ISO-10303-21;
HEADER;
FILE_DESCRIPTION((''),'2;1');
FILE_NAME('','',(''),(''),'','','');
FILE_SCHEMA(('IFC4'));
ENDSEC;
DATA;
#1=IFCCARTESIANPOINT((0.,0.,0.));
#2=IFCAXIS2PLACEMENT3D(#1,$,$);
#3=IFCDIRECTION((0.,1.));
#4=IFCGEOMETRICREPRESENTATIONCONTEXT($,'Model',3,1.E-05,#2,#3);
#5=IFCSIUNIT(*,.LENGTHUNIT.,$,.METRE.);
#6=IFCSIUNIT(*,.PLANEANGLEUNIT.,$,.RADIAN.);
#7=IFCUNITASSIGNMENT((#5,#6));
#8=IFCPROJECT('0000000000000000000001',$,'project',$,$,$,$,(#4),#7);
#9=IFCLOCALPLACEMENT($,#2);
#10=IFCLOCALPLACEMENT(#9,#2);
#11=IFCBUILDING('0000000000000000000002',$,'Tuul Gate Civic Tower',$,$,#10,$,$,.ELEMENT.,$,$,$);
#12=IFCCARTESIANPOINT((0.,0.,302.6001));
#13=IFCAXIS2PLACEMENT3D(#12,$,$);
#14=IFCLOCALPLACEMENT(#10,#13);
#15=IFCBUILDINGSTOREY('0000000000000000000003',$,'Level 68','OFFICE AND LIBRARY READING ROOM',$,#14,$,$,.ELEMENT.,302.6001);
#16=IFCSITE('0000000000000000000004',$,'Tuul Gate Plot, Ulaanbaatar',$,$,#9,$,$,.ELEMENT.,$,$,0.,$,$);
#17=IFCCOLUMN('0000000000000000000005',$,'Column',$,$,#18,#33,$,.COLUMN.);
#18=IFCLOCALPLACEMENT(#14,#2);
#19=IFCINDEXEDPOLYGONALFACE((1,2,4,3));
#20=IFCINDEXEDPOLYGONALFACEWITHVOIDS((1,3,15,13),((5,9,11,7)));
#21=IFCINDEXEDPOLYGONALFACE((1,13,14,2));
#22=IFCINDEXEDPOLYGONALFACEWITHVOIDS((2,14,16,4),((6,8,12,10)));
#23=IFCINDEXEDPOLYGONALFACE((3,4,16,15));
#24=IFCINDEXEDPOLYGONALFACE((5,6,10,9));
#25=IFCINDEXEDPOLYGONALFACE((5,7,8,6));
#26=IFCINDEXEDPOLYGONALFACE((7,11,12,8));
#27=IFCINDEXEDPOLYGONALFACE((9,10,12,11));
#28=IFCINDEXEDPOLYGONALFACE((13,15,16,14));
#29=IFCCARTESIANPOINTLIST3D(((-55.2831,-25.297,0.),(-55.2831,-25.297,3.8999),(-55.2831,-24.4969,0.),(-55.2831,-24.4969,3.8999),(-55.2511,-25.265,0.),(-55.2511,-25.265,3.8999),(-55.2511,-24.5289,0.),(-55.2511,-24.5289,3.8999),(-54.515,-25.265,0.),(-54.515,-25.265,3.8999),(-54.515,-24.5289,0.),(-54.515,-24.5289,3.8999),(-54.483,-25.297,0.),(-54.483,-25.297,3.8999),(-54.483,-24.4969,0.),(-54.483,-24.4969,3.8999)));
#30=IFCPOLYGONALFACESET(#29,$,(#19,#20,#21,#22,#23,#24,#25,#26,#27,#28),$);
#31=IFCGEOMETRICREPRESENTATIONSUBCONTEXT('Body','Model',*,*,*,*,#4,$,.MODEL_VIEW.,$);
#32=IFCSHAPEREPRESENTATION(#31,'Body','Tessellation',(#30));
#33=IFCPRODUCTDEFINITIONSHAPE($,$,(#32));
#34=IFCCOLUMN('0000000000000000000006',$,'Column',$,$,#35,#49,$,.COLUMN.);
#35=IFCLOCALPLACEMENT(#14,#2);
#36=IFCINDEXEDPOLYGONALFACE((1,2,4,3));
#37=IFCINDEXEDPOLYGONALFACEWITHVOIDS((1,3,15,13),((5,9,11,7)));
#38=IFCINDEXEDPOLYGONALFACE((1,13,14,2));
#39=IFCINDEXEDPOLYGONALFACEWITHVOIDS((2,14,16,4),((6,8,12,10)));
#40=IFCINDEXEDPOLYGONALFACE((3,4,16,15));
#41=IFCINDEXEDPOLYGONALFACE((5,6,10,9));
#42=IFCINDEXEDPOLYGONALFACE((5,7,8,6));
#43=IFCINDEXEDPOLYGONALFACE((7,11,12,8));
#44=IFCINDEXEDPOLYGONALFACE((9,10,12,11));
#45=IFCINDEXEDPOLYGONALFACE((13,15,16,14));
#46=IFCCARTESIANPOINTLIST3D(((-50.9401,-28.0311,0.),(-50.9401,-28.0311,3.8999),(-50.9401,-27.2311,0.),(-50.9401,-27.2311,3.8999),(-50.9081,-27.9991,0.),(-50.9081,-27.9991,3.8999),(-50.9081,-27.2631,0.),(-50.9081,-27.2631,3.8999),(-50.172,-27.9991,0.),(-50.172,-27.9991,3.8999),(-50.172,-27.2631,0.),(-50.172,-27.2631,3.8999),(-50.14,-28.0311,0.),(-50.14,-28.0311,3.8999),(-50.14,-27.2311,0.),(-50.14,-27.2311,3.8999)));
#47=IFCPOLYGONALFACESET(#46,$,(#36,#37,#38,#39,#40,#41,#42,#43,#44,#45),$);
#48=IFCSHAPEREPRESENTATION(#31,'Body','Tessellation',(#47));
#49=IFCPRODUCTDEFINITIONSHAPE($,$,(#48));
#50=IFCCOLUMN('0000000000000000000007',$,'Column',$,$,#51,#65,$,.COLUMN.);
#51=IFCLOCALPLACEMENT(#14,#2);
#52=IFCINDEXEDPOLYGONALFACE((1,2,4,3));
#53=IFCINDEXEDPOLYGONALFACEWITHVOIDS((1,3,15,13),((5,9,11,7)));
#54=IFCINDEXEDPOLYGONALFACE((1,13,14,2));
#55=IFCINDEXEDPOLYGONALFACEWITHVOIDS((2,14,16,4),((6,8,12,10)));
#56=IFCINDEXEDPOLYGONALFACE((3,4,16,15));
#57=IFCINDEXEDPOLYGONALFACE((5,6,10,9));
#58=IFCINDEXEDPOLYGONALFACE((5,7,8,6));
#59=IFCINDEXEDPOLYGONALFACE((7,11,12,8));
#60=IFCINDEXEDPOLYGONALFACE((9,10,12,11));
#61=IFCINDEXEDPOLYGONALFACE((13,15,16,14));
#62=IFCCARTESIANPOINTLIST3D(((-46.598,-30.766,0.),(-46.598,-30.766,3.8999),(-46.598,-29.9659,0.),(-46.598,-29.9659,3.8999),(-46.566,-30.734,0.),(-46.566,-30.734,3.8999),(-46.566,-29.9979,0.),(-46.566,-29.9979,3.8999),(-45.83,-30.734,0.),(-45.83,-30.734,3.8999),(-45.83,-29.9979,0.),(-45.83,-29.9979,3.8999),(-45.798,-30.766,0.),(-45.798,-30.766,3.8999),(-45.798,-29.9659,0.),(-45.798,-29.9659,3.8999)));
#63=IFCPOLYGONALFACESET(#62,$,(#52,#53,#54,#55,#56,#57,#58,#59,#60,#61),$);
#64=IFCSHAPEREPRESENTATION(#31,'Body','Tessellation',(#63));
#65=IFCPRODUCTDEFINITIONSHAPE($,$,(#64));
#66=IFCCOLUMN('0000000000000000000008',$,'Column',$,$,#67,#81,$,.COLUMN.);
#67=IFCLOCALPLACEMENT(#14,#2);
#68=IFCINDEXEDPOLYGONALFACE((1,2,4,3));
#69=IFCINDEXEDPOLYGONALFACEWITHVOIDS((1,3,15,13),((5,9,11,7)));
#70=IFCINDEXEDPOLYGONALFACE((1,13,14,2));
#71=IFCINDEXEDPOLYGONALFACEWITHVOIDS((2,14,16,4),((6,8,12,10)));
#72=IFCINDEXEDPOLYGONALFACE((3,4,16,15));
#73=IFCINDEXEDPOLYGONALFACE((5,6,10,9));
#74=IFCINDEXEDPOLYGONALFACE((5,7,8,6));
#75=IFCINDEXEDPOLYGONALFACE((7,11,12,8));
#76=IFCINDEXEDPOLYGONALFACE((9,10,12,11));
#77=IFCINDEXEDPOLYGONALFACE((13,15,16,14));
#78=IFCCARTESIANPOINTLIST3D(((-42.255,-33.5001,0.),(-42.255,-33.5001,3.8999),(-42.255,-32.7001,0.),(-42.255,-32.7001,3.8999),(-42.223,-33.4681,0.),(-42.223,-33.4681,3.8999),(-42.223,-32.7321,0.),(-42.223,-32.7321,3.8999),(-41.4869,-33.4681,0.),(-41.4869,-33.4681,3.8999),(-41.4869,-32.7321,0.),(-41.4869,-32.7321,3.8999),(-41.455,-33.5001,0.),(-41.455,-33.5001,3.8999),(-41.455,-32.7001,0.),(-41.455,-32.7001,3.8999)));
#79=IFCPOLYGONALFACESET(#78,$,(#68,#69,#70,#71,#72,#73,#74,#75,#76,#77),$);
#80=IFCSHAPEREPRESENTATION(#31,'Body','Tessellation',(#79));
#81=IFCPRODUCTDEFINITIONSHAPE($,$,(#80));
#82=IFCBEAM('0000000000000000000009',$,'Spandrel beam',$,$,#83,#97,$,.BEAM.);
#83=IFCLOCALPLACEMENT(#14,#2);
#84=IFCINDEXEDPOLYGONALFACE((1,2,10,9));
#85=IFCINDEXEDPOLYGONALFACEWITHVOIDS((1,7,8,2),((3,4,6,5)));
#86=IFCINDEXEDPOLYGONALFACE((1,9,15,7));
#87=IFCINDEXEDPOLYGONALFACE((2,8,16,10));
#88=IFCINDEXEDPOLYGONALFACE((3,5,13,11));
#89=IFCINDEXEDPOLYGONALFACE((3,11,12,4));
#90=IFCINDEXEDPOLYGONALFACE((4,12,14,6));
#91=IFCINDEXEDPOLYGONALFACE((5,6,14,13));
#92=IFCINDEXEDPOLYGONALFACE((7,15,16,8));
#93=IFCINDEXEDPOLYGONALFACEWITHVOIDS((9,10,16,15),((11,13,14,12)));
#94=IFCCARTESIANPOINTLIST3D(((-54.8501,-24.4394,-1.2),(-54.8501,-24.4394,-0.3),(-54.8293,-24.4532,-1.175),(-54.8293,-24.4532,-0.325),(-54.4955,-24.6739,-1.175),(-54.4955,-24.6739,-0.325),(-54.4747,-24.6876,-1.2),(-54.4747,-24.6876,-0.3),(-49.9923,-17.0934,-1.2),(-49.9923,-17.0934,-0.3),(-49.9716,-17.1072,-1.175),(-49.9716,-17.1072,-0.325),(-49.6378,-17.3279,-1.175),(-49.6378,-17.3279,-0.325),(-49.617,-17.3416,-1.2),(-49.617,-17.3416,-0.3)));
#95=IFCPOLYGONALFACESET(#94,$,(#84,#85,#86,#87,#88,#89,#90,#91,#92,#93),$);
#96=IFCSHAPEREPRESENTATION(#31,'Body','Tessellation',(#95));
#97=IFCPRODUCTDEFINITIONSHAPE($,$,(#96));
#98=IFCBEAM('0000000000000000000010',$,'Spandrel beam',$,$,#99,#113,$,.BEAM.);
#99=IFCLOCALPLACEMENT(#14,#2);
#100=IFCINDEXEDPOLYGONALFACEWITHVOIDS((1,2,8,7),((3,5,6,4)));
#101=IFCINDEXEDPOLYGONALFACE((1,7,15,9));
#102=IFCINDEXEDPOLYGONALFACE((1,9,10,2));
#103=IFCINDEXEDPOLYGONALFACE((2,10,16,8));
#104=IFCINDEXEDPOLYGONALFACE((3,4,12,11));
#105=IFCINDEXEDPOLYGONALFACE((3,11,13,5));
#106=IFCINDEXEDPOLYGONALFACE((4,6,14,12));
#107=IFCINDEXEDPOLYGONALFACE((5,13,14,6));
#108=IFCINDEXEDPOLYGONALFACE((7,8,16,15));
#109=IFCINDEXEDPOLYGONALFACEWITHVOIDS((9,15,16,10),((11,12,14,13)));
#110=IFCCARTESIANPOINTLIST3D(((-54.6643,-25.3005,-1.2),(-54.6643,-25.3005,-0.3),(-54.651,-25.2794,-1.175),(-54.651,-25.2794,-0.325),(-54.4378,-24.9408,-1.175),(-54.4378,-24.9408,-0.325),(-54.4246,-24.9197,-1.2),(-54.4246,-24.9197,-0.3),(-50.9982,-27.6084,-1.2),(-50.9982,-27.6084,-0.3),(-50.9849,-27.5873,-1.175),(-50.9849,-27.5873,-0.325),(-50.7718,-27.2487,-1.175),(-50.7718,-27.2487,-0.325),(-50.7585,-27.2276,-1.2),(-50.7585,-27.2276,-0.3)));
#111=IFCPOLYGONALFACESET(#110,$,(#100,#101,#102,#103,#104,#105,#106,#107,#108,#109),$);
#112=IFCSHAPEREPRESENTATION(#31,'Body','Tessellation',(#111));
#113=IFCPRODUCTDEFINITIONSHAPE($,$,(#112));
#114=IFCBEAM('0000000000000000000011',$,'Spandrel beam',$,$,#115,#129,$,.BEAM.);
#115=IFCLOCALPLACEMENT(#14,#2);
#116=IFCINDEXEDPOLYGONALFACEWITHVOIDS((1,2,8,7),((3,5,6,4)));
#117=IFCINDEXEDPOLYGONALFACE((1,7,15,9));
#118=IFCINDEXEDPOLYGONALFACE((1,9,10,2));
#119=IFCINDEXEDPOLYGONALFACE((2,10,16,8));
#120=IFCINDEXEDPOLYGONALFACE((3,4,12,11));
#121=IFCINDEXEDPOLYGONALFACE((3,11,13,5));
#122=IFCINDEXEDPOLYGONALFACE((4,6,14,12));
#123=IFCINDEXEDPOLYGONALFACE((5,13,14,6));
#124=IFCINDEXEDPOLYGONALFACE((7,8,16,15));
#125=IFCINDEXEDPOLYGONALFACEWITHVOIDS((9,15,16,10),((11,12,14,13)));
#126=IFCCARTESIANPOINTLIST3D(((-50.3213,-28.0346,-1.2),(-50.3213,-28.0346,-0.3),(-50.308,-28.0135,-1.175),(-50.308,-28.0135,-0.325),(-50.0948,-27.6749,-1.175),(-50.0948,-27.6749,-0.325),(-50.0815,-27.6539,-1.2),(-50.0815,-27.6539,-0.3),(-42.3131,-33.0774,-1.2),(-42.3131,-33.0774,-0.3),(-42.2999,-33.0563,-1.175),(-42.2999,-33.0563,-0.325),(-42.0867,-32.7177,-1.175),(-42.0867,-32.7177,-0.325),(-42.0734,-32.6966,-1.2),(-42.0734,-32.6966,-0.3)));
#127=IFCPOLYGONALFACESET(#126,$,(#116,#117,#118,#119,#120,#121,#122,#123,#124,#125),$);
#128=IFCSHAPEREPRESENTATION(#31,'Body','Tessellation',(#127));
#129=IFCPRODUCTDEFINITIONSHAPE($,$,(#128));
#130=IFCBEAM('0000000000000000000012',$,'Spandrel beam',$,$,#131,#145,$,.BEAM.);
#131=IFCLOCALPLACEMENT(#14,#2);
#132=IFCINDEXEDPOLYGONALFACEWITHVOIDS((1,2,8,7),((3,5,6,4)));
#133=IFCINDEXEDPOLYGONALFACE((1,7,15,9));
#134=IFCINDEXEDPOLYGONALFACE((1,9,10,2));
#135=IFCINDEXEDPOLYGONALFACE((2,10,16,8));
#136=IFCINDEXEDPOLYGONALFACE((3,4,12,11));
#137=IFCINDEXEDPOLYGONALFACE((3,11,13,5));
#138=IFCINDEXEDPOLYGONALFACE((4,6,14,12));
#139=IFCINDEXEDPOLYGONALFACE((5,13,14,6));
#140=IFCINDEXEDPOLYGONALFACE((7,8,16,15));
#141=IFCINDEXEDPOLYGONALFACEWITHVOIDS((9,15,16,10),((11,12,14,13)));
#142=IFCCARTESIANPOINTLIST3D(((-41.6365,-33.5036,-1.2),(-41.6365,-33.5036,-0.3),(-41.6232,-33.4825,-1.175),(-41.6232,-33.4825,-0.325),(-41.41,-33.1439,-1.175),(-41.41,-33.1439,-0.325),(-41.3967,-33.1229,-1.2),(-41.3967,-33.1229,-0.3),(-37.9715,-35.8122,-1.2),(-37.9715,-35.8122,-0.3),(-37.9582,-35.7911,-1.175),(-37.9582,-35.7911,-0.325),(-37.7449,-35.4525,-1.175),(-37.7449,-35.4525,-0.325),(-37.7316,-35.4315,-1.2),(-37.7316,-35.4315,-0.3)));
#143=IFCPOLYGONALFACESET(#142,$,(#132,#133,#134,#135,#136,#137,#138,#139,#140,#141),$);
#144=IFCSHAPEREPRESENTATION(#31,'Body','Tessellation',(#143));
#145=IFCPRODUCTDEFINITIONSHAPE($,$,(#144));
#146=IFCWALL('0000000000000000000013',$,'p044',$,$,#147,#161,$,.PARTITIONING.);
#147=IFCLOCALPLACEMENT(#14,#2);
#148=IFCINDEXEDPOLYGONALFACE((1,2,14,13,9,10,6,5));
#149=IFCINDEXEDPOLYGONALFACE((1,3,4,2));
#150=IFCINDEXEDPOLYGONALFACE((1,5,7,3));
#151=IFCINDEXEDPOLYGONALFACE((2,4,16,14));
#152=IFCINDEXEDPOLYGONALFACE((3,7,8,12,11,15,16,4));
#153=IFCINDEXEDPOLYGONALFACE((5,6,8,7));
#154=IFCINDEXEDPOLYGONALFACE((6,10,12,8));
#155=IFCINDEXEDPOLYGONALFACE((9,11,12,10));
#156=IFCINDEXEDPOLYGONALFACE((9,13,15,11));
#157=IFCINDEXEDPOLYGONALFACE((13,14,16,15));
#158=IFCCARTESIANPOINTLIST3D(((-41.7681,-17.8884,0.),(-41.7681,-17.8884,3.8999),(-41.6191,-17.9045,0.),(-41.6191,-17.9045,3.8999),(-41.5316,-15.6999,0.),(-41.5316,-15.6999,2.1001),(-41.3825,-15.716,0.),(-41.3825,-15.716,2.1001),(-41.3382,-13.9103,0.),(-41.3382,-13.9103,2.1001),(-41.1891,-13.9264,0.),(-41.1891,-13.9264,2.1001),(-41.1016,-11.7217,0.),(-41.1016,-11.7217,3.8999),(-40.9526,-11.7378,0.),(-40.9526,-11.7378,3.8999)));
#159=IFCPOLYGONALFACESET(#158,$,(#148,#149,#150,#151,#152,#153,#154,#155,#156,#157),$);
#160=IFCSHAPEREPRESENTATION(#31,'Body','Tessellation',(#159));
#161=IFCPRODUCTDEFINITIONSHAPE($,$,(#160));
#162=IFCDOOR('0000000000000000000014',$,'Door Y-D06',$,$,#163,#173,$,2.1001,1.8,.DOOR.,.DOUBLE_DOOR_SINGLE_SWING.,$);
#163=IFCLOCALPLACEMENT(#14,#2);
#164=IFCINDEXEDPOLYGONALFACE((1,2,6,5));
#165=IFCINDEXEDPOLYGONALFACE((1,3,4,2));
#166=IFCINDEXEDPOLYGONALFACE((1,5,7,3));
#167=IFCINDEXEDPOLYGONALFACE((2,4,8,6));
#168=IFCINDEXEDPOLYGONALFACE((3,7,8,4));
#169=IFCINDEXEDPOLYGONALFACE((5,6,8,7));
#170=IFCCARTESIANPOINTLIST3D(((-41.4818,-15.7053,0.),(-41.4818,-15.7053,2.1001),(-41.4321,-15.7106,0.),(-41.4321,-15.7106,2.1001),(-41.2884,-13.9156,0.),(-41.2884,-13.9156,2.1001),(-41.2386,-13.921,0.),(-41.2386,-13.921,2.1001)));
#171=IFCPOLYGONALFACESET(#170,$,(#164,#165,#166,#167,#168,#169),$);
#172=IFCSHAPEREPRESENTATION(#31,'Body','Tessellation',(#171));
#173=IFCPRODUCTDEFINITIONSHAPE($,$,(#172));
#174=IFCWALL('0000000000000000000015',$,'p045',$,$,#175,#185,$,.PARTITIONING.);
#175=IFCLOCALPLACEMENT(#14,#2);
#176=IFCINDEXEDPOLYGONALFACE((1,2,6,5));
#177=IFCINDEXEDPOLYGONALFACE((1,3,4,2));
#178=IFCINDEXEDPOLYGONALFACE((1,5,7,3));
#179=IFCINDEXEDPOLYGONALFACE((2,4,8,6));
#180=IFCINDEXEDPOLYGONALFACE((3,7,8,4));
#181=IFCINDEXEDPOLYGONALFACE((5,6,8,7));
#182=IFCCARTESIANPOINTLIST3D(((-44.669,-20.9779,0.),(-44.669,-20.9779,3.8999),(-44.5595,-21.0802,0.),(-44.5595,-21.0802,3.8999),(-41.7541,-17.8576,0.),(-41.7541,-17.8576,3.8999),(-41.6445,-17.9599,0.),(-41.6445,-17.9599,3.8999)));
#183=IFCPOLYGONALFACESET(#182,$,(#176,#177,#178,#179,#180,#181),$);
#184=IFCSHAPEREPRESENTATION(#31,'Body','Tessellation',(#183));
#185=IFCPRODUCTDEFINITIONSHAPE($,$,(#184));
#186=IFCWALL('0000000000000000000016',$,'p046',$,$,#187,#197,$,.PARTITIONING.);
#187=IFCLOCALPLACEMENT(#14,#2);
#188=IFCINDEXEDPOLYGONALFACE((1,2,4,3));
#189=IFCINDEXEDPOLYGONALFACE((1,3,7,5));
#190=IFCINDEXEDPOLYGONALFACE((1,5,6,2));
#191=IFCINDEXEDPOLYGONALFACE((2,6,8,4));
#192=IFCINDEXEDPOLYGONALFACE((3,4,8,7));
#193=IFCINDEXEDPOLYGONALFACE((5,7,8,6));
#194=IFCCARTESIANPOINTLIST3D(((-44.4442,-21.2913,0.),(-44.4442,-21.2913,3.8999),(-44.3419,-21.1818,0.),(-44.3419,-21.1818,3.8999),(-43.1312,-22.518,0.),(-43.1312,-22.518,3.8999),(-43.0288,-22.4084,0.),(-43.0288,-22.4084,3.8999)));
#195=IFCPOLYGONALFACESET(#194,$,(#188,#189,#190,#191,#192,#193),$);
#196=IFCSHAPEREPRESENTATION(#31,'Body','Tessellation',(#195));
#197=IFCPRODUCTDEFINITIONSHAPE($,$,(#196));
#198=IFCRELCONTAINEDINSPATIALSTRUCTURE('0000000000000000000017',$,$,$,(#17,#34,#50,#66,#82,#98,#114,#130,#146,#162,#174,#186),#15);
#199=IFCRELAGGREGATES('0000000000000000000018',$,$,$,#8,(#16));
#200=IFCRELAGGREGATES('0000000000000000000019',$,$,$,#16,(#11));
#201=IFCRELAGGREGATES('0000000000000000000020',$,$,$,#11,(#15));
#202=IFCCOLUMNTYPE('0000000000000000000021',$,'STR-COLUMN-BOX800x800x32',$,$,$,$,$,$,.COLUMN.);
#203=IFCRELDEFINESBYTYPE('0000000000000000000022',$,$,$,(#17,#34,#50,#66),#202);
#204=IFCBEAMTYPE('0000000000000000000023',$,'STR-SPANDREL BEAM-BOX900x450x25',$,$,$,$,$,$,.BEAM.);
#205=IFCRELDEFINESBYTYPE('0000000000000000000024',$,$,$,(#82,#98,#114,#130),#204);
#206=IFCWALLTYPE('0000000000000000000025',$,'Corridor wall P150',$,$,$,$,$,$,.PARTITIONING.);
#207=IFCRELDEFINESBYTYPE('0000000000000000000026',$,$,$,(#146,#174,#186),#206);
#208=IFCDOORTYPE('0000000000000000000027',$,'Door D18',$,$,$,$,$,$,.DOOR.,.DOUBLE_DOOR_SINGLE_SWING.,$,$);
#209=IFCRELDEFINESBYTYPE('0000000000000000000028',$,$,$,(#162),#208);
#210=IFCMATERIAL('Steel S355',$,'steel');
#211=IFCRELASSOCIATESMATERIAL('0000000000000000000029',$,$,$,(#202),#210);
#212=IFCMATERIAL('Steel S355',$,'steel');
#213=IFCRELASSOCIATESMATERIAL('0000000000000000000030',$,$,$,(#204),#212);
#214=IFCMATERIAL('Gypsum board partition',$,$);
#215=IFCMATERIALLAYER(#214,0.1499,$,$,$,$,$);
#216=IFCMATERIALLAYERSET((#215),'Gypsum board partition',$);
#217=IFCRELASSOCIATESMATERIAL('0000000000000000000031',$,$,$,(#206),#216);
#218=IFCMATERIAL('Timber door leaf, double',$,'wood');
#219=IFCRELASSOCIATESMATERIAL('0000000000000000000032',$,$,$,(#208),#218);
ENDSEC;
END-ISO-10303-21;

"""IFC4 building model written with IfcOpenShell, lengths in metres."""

from ifc_helpers import new_model, si_unit, direction, frame, frame_2d, origin, origin_2d, place, context, subcontext, project, spatial, rectangle, hollow_rectangle, extrude, material, layer, layer_set, material_profile, profile_set, type_object, element, fill, save


model = new_model("IFC4")

# Units and contexts
model_context = context("Model", 3, precision=1e-05, world=origin(), true_north=direction((0.0, 1.0)))
body_context = subcontext(model_context, "Body", "Model", "MODEL_VIEW")
ifc_project = project(units=[si_unit("LENGTHUNIT", "METRE"), si_unit("PLANEANGLEUNIT", "RADIAN")], contexts=[model_context])

# Site, building, storey
site_placement = place(None, origin())
site = spatial("IfcSite", under=ifc_project, at=site_placement, Name="Tuul Gate Plot, Ulaanbaatar", CompositionType="ELEMENT", RefElevation=0.0)
building_placement = place(site_placement, origin())
building = spatial("IfcBuilding", under=site, at=building_placement, Name="Tuul Gate Civic Tower", CompositionType="ELEMENT")
storey_placement = place(building_placement, frame((0.0, 0.0, 302.6001)))
storey = spatial("IfcBuildingStorey", under=building, at=storey_placement, Name="Level 68", Description="OFFICE AND LIBRARY READING ROOM", CompositionType="ELEMENT", Elevation=302.6001)

# Columns
ifc_material_1 = material(Name="Steel S355", Category="steel")
ifc_material_profile_1 = material_profile(ifc_material_1, hollow_rectangle(XDim=0.8, YDim=0.8, WallThickness=0.032, at=origin_2d()), Name="BOX800x800x32")
ifc_profile_set_1 = profile_set([ifc_material_profile_1], Name="Steel S355")
column_type = type_object("IfcColumnType", Name="STR-COLUMN-BOX800x800x32", PredefinedType="COLUMN", material=ifc_profile_set_1)
for number, where, z_axis, x_axis, name in (
    (1, (-54.8831, -24.897, 0.0), (0.0, 0.0, 1.0), (1.0, 0.0, 0.0), "Column"),
    (2, (-50.54, -27.6311, 0.0), (0.0, 0.0, 1.0), (1.0, 0.0, 0.0), "Column"),
    (3, (-46.198, -30.366, 0.0), (0.0, 0.0, 1.0), (1.0, 0.0, 0.0), "Column"),
    (4, (-41.855, -33.1001, 0.0), (0.0, 0.0, 1.0), (1.0, 0.0, 0.0), "Column"),
):
    element("IfcColumn", number, at=place(storey_placement, frame(where, z_axis=z_axis, x_axis=x_axis)), inside=storey, type_object=column_type, Name=name, PredefinedType="COLUMN", context=body_context, shape_type="SweptSolid", body=[
        extrude(hollow_rectangle(XDim=0.8, YDim=0.8, WallThickness=0.032, at=origin_2d()), origin(), (0.0, 0.0, 1.0), 3.8999),
    ])

# Beams
ifc_material_2 = material(Name="Steel S355", Category="steel")
ifc_material_profile_2 = material_profile(ifc_material_2, hollow_rectangle(XDim=0.45, YDim=0.8999, WallThickness=0.0249, at=origin_2d()), Name="BOX900x450x25")
ifc_profile_set_2 = profile_set([ifc_material_profile_2], Name="Steel S355")
beam_type = type_object("IfcBeamType", Name="STR-SPANDREL BEAM-BOX900x450x25", PredefinedType="BEAM", material=ifc_profile_set_2)
beam_1_placement = place(storey_placement, frame((-49.8047, -17.2175, -0.75), z_axis=(-0.551581, -0.834121, 0.0), x_axis=(0.834121, -0.551581, 0.0)))
element("IfcBeam", 5, at=beam_1_placement, inside=storey, type_object=beam_type, Name="Spandrel beam", PredefinedType="BEAM", context=body_context, shape_type="SweptSolid", body=[
    extrude(hollow_rectangle(XDim=0.45, YDim=0.8999, WallThickness=0.0249, at=origin_2d()), origin(), (0.0, 0.0, 1.0), 8.8069),
])
beam_2_placement = place(storey_placement, frame((-54.5444, -25.1101, -0.75), z_axis=(0.846271, -0.532752, 0.0), x_axis=(0.532752, 0.846271, 0.0)))
element("IfcBeam", 6, at=beam_2_placement, inside=storey, type_object=beam_type, Name="Spandrel beam", PredefinedType="BEAM", context=body_context, shape_type="SweptSolid", body=[
    extrude(hollow_rectangle(XDim=0.45, YDim=0.8999, WallThickness=0.0249, at=origin_2d()), origin(), (0.0, 0.0, 1.0), 4.332),
])
beam_3_placement = place(storey_placement, frame((-50.2014, -27.8442, -0.75), z_axis=(0.846204, -0.53286, 0.0), x_axis=(0.53286, 0.846204, 0.0)))
element("IfcBeam", 7, at=beam_3_placement, inside=storey, type_object=beam_type, Name="Spandrel beam", PredefinedType="BEAM", context=body_context, shape_type="SweptSolid", body=[
    extrude(hollow_rectangle(XDim=0.45, YDim=0.8999, WallThickness=0.0249, at=origin_2d()), origin(), (0.0, 0.0, 1.0), 9.4636),
])
beam_4_placement = place(storey_placement, frame((-41.5166, -33.3132, -0.75), z_axis=(0.846131, -0.532975, 0.0), x_axis=(0.532975, 0.846131, 0.0)))
element("IfcBeam", 8, at=beam_4_placement, inside=storey, type_object=beam_type, Name="Spandrel beam", PredefinedType="BEAM", context=body_context, shape_type="SweptSolid", body=[
    extrude(hollow_rectangle(XDim=0.45, YDim=0.8999, WallThickness=0.0249, at=origin_2d()), origin(), (0.0, 0.0, 1.0), 4.3315),
])

# Wall, opening, door
ifc_material_3 = material(Name="Gypsum board partition")
ifc_layer_1 = layer(ifc_material_3, 0.1499)
ifc_layer_set_1 = layer_set([ifc_layer_1], Name="Gypsum board partition")
wall_type_1 = type_object("IfcWallType", Name="Corridor wall P150", PredefinedType="PARTITIONING", material=ifc_layer_set_1)
wall_1_placement = place(storey_placement, frame((-41.6936, -17.8965, 0.0), z_axis=(0.0, 0.0, 1.0), x_axis=(0.107455, 0.99421, 0.0)))
wall_1 = element("IfcWall", 9, at=wall_1_placement, inside=storey, type_object=wall_type_1, Name="p044", PredefinedType="PARTITIONING", context=body_context, shape_type="SweptSolid", body=[
    extrude(rectangle(XDim=6.2026, YDim=0.1499, at=frame_2d((3.1013, 0.0))), origin(), (0.0, 0.0, 1.0), 3.8999),
])
opening_1_placement = place(wall_1_placement, frame((2.2014, 0.0, 0.0)))
opening_1 = element("IfcOpeningElement", 10, at=opening_1_placement, cuts=wall_1, PredefinedType="OPENING", context=body_context, shape_type="SweptSolid", body=[
    extrude(rectangle(XDim=1.8, YDim=2.1001, at=frame_2d((0.8999, 1.05))), frame((0.0, 0.085, 0.0), z_axis=(0.0, -1.0, 0.0), x_axis=(1.0, 0.0, 0.0)), (0.0, 0.0, 1.0), 0.1699),
])
ifc_material_4 = material(Name="Timber door leaf, double", Category="wood")
door_type = type_object("IfcDoorType", Name="Door D18", OperationType="DOUBLE_DOOR_SINGLE_SWING", PredefinedType="DOOR", material=ifc_material_4)
door_placement = place(opening_1_placement, origin())
door = element("IfcDoor", 11, at=door_placement, inside=storey, type_object=door_type, Name="Door Y-D06", OperationType="DOUBLE_DOOR_SINGLE_SWING", OverallHeight=2.1001, OverallWidth=1.8, PredefinedType="DOOR", context=body_context, shape_type="SweptSolid", body=[
    extrude(rectangle(XDim=1.8, YDim=2.1001, at=frame_2d((0.8999, 1.05))), frame((0.0, 0.0249, 0.0), z_axis=(0.0, -1.0, 0.0), x_axis=(1.0, 0.0, 0.0)), (0.0, 0.0, 1.0), 0.05),
])
fill(opening_1, door)

# Walls
wall_2_placement = place(storey_placement, frame((-44.6143, -21.0291, 0.0), z_axis=(0.0, 0.0, 1.0), x_axis=(0.682656, 0.73074, 0.0)))
element("IfcWall", 12, at=wall_2_placement, inside=storey, type_object=wall_type_1, Name="p045", PredefinedType="PARTITIONING", context=body_context, shape_type="SweptSolid", body=[
    extrude(rectangle(XDim=4.27, YDim=0.1499, at=frame_2d((2.135, 0.0))), origin(), (0.0, 0.0, 1.0), 3.8999),
])
wall_3_placement = place(storey_placement, frame((-44.3931, -21.2366, 0.0), z_axis=(0.0, 0.0, 1.0), x_axis=(0.730748, -0.682647, 0.0)))
element("IfcWall", 13, at=wall_3_placement, inside=storey, type_object=wall_type_1, Name="p046", PredefinedType="PARTITIONING", context=body_context, shape_type="SweptSolid", body=[
    extrude(rectangle(XDim=1.7969, YDim=0.1499, at=frame_2d((0.8984, 0.0))), origin(), (0.0, 0.0, 1.0), 3.8999),
])

save(model, "model.ifc")
